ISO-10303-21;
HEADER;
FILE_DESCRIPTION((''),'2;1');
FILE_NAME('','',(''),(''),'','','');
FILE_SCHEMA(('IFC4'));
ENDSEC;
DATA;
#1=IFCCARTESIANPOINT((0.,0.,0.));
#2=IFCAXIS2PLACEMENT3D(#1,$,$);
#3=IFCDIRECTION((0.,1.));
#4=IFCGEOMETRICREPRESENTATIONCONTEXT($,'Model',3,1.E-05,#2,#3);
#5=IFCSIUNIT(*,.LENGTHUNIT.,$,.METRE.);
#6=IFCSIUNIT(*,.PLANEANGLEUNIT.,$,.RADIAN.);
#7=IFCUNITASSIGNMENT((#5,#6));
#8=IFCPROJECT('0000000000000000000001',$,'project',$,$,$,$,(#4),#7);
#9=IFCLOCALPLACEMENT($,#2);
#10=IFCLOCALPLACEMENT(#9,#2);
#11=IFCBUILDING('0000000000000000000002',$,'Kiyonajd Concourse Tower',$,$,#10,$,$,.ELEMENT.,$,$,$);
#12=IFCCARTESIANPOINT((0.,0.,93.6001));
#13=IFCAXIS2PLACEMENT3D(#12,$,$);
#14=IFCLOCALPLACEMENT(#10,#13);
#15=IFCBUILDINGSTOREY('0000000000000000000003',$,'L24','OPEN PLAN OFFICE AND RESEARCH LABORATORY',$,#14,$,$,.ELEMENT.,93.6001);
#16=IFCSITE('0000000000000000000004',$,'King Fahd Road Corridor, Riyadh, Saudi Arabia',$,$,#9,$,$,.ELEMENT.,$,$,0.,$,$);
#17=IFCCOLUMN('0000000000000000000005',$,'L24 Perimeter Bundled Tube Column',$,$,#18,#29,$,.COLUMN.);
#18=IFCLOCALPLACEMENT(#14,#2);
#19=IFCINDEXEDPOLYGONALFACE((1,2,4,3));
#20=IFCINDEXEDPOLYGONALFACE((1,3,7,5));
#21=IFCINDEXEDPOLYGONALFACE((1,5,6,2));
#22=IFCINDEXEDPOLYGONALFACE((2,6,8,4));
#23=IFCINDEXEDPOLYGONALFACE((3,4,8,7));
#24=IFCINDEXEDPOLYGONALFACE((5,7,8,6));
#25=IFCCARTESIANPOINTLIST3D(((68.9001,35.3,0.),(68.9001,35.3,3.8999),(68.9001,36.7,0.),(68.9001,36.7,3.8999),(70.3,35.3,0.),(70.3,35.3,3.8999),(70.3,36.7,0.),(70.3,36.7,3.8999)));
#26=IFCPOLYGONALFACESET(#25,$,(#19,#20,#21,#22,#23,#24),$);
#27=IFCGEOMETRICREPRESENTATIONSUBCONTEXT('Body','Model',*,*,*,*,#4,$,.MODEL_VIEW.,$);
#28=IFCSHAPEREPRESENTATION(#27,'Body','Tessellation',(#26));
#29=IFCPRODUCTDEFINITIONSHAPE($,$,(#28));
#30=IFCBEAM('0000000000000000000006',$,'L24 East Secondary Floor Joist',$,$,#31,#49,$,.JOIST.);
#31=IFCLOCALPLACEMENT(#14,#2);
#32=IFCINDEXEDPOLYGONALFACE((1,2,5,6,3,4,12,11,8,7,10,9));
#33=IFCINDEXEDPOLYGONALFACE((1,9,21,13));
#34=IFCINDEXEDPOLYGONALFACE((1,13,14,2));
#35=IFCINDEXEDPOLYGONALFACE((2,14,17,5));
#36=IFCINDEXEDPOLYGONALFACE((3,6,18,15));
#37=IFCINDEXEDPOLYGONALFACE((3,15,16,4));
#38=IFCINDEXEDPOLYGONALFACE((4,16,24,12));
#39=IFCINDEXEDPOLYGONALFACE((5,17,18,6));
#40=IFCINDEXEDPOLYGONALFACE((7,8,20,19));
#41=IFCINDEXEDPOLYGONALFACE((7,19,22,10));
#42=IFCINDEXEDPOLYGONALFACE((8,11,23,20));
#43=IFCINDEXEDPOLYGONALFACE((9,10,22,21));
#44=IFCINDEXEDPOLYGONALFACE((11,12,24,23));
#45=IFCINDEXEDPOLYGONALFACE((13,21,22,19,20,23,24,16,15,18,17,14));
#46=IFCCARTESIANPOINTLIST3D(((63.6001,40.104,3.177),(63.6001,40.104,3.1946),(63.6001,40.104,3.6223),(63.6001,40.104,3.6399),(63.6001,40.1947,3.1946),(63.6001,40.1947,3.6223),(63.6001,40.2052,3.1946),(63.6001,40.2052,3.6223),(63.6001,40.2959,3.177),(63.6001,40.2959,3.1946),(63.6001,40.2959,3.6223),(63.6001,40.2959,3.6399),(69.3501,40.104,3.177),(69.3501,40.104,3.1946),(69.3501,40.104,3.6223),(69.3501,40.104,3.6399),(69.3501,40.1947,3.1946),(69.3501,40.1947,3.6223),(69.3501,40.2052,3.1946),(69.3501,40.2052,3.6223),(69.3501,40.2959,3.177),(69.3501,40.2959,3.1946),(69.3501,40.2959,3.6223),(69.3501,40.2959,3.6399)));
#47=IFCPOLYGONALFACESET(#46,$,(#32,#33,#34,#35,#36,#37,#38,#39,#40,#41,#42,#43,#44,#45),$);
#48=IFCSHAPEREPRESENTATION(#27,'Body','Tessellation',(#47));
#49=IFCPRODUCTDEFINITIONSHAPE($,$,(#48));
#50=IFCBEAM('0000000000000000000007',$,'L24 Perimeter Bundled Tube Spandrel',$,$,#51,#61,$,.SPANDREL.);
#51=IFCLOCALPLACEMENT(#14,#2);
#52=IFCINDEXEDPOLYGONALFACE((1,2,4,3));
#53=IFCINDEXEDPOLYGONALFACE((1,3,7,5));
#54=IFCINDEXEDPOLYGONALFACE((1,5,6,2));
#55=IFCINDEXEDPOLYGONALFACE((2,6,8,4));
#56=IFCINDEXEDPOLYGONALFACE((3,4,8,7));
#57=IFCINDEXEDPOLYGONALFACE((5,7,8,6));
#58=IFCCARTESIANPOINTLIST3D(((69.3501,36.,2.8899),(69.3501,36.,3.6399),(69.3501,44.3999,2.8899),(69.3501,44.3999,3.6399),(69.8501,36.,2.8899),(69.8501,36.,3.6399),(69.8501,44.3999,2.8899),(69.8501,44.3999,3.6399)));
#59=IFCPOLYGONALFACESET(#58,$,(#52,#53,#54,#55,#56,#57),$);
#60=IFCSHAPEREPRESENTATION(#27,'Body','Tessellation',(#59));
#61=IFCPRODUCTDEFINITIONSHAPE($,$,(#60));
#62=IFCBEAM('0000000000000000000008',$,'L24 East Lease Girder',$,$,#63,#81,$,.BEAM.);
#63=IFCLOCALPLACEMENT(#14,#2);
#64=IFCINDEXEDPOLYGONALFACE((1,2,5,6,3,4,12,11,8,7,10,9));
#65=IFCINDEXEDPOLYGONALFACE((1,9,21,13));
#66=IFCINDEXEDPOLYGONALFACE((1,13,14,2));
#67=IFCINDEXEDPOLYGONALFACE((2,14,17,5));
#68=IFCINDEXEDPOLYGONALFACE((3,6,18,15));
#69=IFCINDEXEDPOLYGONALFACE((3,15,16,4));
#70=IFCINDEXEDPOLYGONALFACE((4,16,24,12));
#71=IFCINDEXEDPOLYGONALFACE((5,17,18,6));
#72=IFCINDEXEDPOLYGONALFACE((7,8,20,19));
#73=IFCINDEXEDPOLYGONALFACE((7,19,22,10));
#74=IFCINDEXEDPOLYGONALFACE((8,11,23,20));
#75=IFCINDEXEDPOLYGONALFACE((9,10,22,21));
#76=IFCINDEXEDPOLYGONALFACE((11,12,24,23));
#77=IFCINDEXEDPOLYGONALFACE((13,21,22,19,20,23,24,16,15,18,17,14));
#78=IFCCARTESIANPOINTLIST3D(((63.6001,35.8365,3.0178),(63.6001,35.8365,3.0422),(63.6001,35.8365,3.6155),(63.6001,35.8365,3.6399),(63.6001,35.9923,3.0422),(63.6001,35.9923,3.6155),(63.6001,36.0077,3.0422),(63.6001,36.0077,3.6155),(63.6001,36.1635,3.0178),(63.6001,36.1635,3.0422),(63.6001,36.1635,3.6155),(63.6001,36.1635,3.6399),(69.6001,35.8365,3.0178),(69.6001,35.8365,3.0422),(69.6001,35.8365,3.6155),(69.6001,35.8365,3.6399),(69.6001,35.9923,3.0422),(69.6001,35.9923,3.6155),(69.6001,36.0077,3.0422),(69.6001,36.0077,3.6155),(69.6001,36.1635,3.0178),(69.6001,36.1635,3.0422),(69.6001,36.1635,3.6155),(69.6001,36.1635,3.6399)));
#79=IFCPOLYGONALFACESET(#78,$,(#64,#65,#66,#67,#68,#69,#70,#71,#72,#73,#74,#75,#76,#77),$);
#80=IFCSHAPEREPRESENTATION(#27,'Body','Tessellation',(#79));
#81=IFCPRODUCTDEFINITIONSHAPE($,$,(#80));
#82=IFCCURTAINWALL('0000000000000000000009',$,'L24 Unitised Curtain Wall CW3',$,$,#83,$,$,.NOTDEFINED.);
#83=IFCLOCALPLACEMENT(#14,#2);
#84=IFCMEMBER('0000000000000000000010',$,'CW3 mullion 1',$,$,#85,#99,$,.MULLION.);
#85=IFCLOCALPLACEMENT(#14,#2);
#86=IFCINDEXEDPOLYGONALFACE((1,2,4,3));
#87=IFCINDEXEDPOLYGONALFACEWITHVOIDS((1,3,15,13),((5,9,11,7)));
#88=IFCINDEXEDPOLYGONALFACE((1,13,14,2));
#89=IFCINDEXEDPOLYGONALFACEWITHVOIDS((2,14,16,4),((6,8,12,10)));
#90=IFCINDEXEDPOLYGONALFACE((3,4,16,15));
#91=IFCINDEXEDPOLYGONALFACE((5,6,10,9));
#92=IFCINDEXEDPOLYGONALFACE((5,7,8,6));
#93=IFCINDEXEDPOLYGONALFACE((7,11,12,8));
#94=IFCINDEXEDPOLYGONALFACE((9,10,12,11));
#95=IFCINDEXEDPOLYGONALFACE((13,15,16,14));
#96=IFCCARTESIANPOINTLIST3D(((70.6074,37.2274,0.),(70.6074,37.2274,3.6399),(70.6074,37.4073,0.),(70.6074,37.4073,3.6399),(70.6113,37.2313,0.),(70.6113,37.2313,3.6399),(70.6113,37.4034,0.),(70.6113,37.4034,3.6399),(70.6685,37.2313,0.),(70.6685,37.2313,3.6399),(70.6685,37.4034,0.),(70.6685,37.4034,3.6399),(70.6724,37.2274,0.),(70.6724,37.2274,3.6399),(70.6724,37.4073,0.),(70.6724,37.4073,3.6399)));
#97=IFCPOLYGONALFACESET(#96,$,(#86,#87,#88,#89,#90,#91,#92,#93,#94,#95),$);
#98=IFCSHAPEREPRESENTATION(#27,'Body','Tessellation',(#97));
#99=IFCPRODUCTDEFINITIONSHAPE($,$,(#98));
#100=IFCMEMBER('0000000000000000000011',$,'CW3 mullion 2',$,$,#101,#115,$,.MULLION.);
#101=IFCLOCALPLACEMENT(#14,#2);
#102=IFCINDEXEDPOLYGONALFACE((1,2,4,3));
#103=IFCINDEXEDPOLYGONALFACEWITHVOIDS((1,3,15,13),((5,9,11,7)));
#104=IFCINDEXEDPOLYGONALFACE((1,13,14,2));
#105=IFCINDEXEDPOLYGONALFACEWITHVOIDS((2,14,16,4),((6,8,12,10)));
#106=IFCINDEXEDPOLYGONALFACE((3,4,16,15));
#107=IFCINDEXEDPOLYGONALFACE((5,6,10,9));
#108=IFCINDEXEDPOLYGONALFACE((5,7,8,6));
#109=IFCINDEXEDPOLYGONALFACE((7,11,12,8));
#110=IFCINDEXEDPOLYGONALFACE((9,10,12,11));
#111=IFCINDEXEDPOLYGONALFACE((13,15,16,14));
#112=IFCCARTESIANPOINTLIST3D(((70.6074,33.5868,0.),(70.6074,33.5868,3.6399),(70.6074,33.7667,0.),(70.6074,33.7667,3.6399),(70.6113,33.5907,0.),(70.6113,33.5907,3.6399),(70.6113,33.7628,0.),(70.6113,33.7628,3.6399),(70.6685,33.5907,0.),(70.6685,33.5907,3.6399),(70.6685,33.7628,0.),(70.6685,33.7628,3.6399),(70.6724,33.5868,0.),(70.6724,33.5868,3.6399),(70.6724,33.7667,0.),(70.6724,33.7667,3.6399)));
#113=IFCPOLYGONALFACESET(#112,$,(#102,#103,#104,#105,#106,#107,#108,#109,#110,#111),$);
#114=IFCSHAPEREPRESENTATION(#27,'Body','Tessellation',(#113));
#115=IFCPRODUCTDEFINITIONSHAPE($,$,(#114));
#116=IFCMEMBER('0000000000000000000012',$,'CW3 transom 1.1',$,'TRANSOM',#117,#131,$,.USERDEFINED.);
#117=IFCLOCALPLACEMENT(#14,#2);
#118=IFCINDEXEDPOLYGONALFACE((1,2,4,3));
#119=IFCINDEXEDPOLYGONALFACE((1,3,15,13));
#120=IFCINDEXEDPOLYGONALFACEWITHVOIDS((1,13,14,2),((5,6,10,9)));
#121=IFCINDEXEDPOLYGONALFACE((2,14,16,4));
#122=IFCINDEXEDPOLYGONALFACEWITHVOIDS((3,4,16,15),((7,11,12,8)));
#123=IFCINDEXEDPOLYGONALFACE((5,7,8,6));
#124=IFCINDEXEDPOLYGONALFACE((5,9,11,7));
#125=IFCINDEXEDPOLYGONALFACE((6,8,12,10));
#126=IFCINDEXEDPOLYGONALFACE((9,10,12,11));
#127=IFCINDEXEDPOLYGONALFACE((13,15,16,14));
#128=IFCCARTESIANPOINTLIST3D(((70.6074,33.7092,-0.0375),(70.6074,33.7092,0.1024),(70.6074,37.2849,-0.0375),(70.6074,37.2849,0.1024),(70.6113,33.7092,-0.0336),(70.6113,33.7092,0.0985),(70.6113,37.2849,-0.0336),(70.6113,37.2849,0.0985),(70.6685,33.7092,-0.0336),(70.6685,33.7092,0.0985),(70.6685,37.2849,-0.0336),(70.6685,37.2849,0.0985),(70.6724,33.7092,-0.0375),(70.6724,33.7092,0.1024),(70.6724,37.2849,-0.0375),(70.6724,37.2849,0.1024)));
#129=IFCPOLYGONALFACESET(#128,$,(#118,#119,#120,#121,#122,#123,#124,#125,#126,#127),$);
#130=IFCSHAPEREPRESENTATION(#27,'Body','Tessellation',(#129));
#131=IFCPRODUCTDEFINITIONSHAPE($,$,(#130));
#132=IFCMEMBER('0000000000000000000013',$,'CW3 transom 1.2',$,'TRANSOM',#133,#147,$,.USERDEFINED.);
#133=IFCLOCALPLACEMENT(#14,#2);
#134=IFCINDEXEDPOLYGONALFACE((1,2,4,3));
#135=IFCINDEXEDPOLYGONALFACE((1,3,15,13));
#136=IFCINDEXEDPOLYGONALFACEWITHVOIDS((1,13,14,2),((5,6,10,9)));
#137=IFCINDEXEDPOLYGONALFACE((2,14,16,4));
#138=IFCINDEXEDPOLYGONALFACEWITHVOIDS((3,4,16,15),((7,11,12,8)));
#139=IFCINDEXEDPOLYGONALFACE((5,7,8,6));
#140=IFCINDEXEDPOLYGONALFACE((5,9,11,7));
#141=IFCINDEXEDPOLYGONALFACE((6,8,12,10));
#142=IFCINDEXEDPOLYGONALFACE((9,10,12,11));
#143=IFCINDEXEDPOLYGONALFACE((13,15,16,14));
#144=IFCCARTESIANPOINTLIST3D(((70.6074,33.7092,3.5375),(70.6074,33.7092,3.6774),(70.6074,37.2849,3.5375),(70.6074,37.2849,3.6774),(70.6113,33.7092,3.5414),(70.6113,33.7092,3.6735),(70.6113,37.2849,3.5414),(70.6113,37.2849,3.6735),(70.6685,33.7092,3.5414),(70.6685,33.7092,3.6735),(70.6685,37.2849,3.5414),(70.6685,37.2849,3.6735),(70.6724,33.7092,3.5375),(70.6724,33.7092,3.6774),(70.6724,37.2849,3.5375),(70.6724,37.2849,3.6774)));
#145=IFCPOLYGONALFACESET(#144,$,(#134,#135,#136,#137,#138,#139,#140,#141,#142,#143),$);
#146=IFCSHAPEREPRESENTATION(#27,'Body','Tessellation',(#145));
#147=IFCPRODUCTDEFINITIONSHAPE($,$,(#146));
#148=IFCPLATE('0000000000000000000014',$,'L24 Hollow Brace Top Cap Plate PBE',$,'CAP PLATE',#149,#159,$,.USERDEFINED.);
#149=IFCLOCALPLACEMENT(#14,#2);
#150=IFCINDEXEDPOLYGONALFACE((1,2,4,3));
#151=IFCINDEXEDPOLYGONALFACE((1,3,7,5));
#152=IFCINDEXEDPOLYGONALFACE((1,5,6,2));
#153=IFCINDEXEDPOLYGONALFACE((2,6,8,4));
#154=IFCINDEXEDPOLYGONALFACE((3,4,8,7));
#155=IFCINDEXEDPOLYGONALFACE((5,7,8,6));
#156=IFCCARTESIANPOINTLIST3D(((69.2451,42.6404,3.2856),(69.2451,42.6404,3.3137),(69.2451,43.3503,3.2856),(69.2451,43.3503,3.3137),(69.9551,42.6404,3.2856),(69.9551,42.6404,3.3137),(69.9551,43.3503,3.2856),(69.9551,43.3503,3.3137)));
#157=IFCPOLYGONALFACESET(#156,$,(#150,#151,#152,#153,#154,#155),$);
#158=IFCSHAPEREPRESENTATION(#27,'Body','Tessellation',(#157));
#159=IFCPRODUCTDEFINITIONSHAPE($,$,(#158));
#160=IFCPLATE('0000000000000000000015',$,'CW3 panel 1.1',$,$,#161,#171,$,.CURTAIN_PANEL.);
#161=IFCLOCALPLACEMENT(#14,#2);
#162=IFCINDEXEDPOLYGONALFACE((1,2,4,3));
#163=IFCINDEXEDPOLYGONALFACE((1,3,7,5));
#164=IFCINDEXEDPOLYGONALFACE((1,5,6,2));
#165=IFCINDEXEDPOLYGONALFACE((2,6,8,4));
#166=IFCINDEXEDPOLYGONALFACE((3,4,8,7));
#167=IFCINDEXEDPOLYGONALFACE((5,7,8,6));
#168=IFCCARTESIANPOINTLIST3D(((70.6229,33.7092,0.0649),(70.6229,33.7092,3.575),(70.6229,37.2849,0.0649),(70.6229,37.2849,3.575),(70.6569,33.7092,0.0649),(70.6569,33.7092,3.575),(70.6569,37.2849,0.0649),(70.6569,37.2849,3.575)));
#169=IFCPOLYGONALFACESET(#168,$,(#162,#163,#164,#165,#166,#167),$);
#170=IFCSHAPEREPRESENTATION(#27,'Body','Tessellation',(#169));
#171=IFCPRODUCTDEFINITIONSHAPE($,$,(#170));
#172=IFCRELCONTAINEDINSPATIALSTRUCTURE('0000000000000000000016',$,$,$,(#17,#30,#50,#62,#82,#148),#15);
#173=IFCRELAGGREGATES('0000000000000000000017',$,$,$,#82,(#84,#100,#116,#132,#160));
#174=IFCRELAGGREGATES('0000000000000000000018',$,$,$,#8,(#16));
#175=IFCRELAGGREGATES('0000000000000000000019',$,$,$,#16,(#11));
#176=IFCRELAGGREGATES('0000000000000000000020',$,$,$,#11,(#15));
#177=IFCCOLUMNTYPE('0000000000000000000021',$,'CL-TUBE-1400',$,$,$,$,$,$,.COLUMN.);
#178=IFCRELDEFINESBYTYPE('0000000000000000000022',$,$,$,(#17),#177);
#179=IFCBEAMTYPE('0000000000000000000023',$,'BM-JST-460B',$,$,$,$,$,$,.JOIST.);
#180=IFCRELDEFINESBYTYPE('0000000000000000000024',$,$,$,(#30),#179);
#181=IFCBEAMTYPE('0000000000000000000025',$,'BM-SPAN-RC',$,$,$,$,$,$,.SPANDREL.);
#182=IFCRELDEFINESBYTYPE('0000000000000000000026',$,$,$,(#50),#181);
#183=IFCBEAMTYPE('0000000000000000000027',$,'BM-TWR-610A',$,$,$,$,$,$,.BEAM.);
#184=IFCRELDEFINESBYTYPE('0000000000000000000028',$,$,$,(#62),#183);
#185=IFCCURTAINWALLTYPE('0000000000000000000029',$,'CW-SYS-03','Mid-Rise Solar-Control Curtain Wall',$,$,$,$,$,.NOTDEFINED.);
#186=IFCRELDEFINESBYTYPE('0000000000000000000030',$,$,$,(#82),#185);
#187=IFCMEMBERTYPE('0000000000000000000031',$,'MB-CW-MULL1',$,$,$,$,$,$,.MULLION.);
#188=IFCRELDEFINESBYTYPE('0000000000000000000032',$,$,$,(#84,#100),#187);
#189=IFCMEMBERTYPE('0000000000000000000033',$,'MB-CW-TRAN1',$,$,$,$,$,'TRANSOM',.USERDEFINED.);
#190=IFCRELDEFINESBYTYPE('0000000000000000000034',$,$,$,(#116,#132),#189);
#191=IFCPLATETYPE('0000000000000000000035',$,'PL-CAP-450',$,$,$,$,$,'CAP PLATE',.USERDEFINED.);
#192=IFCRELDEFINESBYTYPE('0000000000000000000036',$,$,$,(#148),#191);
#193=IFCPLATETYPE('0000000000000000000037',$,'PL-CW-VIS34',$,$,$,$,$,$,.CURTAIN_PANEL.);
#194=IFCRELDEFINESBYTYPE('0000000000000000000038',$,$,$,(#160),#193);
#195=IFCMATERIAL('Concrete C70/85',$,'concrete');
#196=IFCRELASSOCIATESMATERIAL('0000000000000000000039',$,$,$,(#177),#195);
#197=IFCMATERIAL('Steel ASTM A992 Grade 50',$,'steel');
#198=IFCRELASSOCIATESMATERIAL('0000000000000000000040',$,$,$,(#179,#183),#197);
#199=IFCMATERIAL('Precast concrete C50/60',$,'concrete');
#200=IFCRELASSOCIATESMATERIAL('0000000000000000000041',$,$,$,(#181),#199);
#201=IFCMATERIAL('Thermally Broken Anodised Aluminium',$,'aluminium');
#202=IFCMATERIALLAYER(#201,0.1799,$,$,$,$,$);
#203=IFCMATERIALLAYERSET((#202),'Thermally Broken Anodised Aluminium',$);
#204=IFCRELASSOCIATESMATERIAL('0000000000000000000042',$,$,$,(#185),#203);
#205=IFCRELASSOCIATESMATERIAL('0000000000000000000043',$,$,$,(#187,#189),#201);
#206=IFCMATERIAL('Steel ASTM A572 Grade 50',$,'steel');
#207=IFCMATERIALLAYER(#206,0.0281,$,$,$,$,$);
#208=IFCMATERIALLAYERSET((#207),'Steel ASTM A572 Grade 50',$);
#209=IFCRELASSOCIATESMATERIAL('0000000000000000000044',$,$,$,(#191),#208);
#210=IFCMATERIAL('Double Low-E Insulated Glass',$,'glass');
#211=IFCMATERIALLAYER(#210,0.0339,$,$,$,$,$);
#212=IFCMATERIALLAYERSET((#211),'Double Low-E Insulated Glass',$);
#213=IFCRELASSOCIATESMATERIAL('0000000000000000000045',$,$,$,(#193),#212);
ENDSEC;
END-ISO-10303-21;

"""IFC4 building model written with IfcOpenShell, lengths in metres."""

from ifc_helpers import new_model, si_unit, direction, frame, origin, origin_2d, place, context, subcontext, project, spatial, rectangle, hollow_rectangle, i_section, extrude, material, layer, layer_set, material_profile, profile_set, type_object, element, aggregate, save


model = new_model("IFC4")

# Units and contexts
model_context = context("Model", 3, precision=1e-05, world=origin(), true_north=direction((0.0, 1.0)))
body_context = subcontext(model_context, "Body", "Model", "MODEL_VIEW")
ifc_project = project(units=[si_unit("LENGTHUNIT", "METRE"), si_unit("PLANEANGLEUNIT", "RADIAN")], contexts=[model_context])

# Site, building, storey
site_placement = place(None, origin())
site = spatial("IfcSite", under=ifc_project, at=site_placement, Name="King Fahd Road Corridor, Riyadh, Saudi Arabia", CompositionType="ELEMENT", RefElevation=0.0)
building_placement = place(site_placement, origin())
building = spatial("IfcBuilding", under=site, at=building_placement, Name="Kiyonajd Concourse Tower", CompositionType="ELEMENT")
storey_placement = place(building_placement, frame((0.0, 0.0, 93.6001)))
storey = spatial("IfcBuildingStorey", under=building, at=storey_placement, Name="L24", Description="OPEN PLAN OFFICE AND RESEARCH LABORATORY", CompositionType="ELEMENT", Elevation=93.6001)

# Column
ifc_material_1 = material(Name="Concrete C70/85", Category="concrete")
ifc_material_profile_1 = material_profile(ifc_material_1, rectangle(XDim=1.3999, YDim=1.3999, at=origin_2d()), Name="RC-1400x1400")
ifc_profile_set_1 = profile_set([ifc_material_profile_1], Name="Concrete C70/85")
column_type = type_object("IfcColumnType", Name="CL-TUBE-1400", PredefinedType="COLUMN", material=ifc_profile_set_1)
column_placement = place(storey_placement, frame((69.6001, 36.0, 0.0), z_axis=(0.0, 0.0, 1.0), x_axis=(1.0, 0.0, 0.0)))
element("IfcColumn", 1, at=column_placement, inside=storey, type_object=column_type, Name="L24 Perimeter Bundled Tube Column", PredefinedType="COLUMN", context=body_context, shape_type="SweptSolid", body=[
    extrude(rectangle(XDim=1.3999, YDim=1.3999, at=origin_2d()), origin(), (0.0, 0.0, 1.0), 3.8999),
])

# Beams
ifc_material_2 = material(Name="Steel ASTM A992 Grade 50", Category="steel")
ifc_material_profile_2 = material_profile(ifc_material_2, i_section(OverallWidth=0.1919, OverallDepth=0.4629, WebThickness=0.0105, FlangeThickness=0.0176, at=origin_2d()), Name="W460X89")
ifc_profile_set_2 = profile_set([ifc_material_profile_2], Name="Steel ASTM A992 Grade 50")
beam_type_1 = type_object("IfcBeamType", Name="BM-JST-460B", PredefinedType="JOIST", material=ifc_profile_set_2)
beam_1_placement = place(storey_placement, frame((63.6001, 40.2, 3.4084), z_axis=(1.0, 0.0, 0.0), x_axis=(0.0, 1.0, 0.0)))
element("IfcBeam", 2, at=beam_1_placement, inside=storey, type_object=beam_type_1, Name="L24 East Secondary Floor Joist", PredefinedType="JOIST", context=body_context, shape_type="SweptSolid", body=[
    extrude(i_section(OverallWidth=0.1919, OverallDepth=0.4629, WebThickness=0.0105, FlangeThickness=0.0176, at=origin_2d()), origin(), (0.0, 0.0, 1.0), 5.75),
])
ifc_material_3 = material(Name="Precast concrete C50/60", Category="concrete")
ifc_material_profile_3 = material_profile(ifc_material_3, rectangle(XDim=0.5, YDim=0.75, at=origin_2d()), Name="RCBM-500x750")
ifc_profile_set_3 = profile_set([ifc_material_profile_3], Name="Precast concrete C50/60")
beam_type_2 = type_object("IfcBeamType", Name="BM-SPAN-RC", PredefinedType="SPANDREL", material=ifc_profile_set_3)
beam_2_placement = place(storey_placement, frame((69.6001, 36.0, 3.2649), z_axis=(0.0, 1.0, 0.0), x_axis=(-1.0, 0.0, 0.0)))
element("IfcBeam", 3, at=beam_2_placement, inside=storey, type_object=beam_type_2, Name="L24 Perimeter Bundled Tube Spandrel", PredefinedType="SPANDREL", context=body_context, shape_type="SweptSolid", body=[
    extrude(rectangle(XDim=0.5, YDim=0.75, at=origin_2d()), origin(), (0.0, 0.0, 1.0), 8.3999),
])
ifc_material_profile_4 = material_profile(ifc_material_2, i_section(OverallWidth=0.3269, OverallDepth=0.6221, WebThickness=0.0154, FlangeThickness=0.0244, at=origin_2d()), Name="W610X195")
ifc_profile_set_4 = profile_set([ifc_material_profile_4], Name="Steel ASTM A992 Grade 50")
beam_type_3 = type_object("IfcBeamType", Name="BM-TWR-610A", PredefinedType="BEAM", material=ifc_profile_set_4)
beam_3_placement = place(storey_placement, frame((63.6001, 36.0, 3.3289), z_axis=(1.0, 0.0, 0.0), x_axis=(0.0, 1.0, 0.0)))
element("IfcBeam", 4, at=beam_3_placement, inside=storey, type_object=beam_type_3, Name="L24 East Lease Girder", PredefinedType="BEAM", context=body_context, shape_type="SweptSolid", body=[
    extrude(i_section(OverallWidth=0.3269, OverallDepth=0.6221, WebThickness=0.0154, FlangeThickness=0.0244, at=origin_2d()), origin(), (0.0, 0.0, 1.0), 6.0),
])

# Curtain wall, members
ifc_material_4 = material(Name="Thermally Broken Anodised Aluminium", Category="aluminium")
ifc_layer_1 = layer(ifc_material_4, 0.1799)
ifc_layer_set_1 = layer_set([ifc_layer_1], Name="Thermally Broken Anodised Aluminium")
curtain_wall_type = type_object("IfcCurtainWallType", Name="CW-SYS-03", Description="Mid-Rise Solar-Control Curtain Wall", PredefinedType="NOTDEFINED", material=ifc_layer_set_1)
curtain_wall_placement = place(storey_placement, origin())
curtain_wall = element("IfcCurtainWall", 5, at=curtain_wall_placement, inside=storey, type_object=curtain_wall_type, Name="L24 Unitised Curtain Wall CW3", PredefinedType="NOTDEFINED")
ifc_material_profile_5 = material_profile(ifc_material_4, hollow_rectangle(XDim=0.0649, YDim=0.1799, WallThickness=0.0039, at=origin_2d()), Name="MULL-65x180")
ifc_profile_set_5 = profile_set([ifc_material_profile_5], Name="Thermally Broken Anodised Aluminium")
member_type_1 = type_object("IfcMemberType", Name="MB-CW-MULL1", PredefinedType="MULLION", material=ifc_profile_set_5)
member_1_placement = place(storey_placement, frame((70.6399, 37.3174, 0.0), z_axis=(0.0, 0.0, 1.0), x_axis=(1.0, 0.0, 0.0)))
member_1 = element("IfcMember", 6, at=member_1_placement, type_object=member_type_1, Name="CW3 mullion 1", PredefinedType="MULLION", context=body_context, shape_type="SweptSolid", body=[
    extrude(hollow_rectangle(XDim=0.0649, YDim=0.1799, WallThickness=0.0039, at=origin_2d()), origin(), (0.0, 0.0, 1.0), 3.6399),
])
member_2_placement = place(storey_placement, frame((70.6399, 33.6768, 0.0), z_axis=(0.0, 0.0, 1.0), x_axis=(1.0, 0.0, 0.0)))
member_2 = element("IfcMember", 7, at=member_2_placement, type_object=member_type_1, Name="CW3 mullion 2", PredefinedType="MULLION", context=body_context, shape_type="SweptSolid", body=[
    extrude(hollow_rectangle(XDim=0.0649, YDim=0.1799, WallThickness=0.0039, at=origin_2d()), origin(), (0.0, 0.0, 1.0), 3.6399),
])
ifc_material_profile_6 = material_profile(ifc_material_4, hollow_rectangle(XDim=0.0649, YDim=0.1399, WallThickness=0.0039, at=origin_2d()), Name="TRAN-65x140")
ifc_profile_set_6 = profile_set([ifc_material_profile_6], Name="Thermally Broken Anodised Aluminium")
member_type_2 = type_object("IfcMemberType", Name="MB-CW-TRAN1", ElementType="TRANSOM", PredefinedType="USERDEFINED", material=ifc_profile_set_6)
member_3_placement = place(storey_placement, frame((70.6399, 37.2849, 0.0325), z_axis=(0.0, -1.0, 0.0), x_axis=(1.0, 0.0, 0.0)))
member_3 = element("IfcMember", 8, at=member_3_placement, type_object=member_type_2, Name="CW3 transom 1.1", ObjectType="TRANSOM", PredefinedType="USERDEFINED", context=body_context, shape_type="SweptSolid", body=[
    extrude(hollow_rectangle(XDim=0.0649, YDim=0.1399, WallThickness=0.0039, at=origin_2d()), origin(), (0.0, 0.0, 1.0), 3.5757),
])
member_4_placement = place(storey_placement, frame((70.6399, 37.2849, 3.6074), z_axis=(0.0, -1.0, 0.0), x_axis=(1.0, 0.0, 0.0)))
member_4 = element("IfcMember", 9, at=member_4_placement, type_object=member_type_2, Name="CW3 transom 1.2", ObjectType="TRANSOM", PredefinedType="USERDEFINED", context=body_context, shape_type="SweptSolid", body=[
    extrude(hollow_rectangle(XDim=0.0649, YDim=0.1399, WallThickness=0.0039, at=origin_2d()), origin(), (0.0, 0.0, 1.0), 3.5757),
])

# Plates
ifc_material_5 = material(Name="Steel ASTM A572 Grade 50", Category="steel")
ifc_layer_2 = layer(ifc_material_5, 0.0281)
ifc_layer_set_2 = layer_set([ifc_layer_2], Name="Steel ASTM A572 Grade 50")
plate_type_1 = type_object("IfcPlateType", Name="PL-CAP-450", ElementType="CAP PLATE", PredefinedType="USERDEFINED", material=ifc_layer_set_2)
plate_1_placement = place(storey_placement, frame((69.6001, 42.9954, 3.2856), z_axis=(0.0, 0.0, 1.0), x_axis=(1.0, 0.0, 0.0)))
element("IfcPlate", 10, at=plate_1_placement, inside=storey, type_object=plate_type_1, Name="L24 Hollow Brace Top Cap Plate PBE", ObjectType="CAP PLATE", PredefinedType="USERDEFINED", context=body_context, shape_type="SweptSolid", body=[
    extrude(rectangle(XDim=0.71, YDim=0.71, at=origin_2d()), origin(), (0.0, 0.0, 1.0), 0.0281),
])
ifc_material_6 = material(Name="Double Low-E Insulated Glass", Category="glass")
ifc_layer_3 = layer(ifc_material_6, 0.0339)
ifc_layer_set_3 = layer_set([ifc_layer_3], Name="Double Low-E Insulated Glass")
plate_type_2 = type_object("IfcPlateType", Name="PL-CW-VIS34", PredefinedType="CURTAIN_PANEL", material=ifc_layer_set_3)
plate_2_placement = place(storey_placement, frame((70.6399, 35.4971, 0.0649), z_axis=(0.0, 0.0, 1.0), x_axis=(0.0, -1.0, 0.0)))
plate_2 = element("IfcPlate", 11, at=plate_2_placement, type_object=plate_type_2, Name="CW3 panel 1.1", PredefinedType="CURTAIN_PANEL", context=body_context, shape_type="SweptSolid", body=[
    extrude(rectangle(XDim=3.5757, YDim=0.0339, at=origin_2d()), origin(), (0.0, 0.0, 1.0), 3.51),
])
aggregate(curtain_wall, [member_1, member_2, member_3, member_4, plate_2])

save(model, "model.ifc")
